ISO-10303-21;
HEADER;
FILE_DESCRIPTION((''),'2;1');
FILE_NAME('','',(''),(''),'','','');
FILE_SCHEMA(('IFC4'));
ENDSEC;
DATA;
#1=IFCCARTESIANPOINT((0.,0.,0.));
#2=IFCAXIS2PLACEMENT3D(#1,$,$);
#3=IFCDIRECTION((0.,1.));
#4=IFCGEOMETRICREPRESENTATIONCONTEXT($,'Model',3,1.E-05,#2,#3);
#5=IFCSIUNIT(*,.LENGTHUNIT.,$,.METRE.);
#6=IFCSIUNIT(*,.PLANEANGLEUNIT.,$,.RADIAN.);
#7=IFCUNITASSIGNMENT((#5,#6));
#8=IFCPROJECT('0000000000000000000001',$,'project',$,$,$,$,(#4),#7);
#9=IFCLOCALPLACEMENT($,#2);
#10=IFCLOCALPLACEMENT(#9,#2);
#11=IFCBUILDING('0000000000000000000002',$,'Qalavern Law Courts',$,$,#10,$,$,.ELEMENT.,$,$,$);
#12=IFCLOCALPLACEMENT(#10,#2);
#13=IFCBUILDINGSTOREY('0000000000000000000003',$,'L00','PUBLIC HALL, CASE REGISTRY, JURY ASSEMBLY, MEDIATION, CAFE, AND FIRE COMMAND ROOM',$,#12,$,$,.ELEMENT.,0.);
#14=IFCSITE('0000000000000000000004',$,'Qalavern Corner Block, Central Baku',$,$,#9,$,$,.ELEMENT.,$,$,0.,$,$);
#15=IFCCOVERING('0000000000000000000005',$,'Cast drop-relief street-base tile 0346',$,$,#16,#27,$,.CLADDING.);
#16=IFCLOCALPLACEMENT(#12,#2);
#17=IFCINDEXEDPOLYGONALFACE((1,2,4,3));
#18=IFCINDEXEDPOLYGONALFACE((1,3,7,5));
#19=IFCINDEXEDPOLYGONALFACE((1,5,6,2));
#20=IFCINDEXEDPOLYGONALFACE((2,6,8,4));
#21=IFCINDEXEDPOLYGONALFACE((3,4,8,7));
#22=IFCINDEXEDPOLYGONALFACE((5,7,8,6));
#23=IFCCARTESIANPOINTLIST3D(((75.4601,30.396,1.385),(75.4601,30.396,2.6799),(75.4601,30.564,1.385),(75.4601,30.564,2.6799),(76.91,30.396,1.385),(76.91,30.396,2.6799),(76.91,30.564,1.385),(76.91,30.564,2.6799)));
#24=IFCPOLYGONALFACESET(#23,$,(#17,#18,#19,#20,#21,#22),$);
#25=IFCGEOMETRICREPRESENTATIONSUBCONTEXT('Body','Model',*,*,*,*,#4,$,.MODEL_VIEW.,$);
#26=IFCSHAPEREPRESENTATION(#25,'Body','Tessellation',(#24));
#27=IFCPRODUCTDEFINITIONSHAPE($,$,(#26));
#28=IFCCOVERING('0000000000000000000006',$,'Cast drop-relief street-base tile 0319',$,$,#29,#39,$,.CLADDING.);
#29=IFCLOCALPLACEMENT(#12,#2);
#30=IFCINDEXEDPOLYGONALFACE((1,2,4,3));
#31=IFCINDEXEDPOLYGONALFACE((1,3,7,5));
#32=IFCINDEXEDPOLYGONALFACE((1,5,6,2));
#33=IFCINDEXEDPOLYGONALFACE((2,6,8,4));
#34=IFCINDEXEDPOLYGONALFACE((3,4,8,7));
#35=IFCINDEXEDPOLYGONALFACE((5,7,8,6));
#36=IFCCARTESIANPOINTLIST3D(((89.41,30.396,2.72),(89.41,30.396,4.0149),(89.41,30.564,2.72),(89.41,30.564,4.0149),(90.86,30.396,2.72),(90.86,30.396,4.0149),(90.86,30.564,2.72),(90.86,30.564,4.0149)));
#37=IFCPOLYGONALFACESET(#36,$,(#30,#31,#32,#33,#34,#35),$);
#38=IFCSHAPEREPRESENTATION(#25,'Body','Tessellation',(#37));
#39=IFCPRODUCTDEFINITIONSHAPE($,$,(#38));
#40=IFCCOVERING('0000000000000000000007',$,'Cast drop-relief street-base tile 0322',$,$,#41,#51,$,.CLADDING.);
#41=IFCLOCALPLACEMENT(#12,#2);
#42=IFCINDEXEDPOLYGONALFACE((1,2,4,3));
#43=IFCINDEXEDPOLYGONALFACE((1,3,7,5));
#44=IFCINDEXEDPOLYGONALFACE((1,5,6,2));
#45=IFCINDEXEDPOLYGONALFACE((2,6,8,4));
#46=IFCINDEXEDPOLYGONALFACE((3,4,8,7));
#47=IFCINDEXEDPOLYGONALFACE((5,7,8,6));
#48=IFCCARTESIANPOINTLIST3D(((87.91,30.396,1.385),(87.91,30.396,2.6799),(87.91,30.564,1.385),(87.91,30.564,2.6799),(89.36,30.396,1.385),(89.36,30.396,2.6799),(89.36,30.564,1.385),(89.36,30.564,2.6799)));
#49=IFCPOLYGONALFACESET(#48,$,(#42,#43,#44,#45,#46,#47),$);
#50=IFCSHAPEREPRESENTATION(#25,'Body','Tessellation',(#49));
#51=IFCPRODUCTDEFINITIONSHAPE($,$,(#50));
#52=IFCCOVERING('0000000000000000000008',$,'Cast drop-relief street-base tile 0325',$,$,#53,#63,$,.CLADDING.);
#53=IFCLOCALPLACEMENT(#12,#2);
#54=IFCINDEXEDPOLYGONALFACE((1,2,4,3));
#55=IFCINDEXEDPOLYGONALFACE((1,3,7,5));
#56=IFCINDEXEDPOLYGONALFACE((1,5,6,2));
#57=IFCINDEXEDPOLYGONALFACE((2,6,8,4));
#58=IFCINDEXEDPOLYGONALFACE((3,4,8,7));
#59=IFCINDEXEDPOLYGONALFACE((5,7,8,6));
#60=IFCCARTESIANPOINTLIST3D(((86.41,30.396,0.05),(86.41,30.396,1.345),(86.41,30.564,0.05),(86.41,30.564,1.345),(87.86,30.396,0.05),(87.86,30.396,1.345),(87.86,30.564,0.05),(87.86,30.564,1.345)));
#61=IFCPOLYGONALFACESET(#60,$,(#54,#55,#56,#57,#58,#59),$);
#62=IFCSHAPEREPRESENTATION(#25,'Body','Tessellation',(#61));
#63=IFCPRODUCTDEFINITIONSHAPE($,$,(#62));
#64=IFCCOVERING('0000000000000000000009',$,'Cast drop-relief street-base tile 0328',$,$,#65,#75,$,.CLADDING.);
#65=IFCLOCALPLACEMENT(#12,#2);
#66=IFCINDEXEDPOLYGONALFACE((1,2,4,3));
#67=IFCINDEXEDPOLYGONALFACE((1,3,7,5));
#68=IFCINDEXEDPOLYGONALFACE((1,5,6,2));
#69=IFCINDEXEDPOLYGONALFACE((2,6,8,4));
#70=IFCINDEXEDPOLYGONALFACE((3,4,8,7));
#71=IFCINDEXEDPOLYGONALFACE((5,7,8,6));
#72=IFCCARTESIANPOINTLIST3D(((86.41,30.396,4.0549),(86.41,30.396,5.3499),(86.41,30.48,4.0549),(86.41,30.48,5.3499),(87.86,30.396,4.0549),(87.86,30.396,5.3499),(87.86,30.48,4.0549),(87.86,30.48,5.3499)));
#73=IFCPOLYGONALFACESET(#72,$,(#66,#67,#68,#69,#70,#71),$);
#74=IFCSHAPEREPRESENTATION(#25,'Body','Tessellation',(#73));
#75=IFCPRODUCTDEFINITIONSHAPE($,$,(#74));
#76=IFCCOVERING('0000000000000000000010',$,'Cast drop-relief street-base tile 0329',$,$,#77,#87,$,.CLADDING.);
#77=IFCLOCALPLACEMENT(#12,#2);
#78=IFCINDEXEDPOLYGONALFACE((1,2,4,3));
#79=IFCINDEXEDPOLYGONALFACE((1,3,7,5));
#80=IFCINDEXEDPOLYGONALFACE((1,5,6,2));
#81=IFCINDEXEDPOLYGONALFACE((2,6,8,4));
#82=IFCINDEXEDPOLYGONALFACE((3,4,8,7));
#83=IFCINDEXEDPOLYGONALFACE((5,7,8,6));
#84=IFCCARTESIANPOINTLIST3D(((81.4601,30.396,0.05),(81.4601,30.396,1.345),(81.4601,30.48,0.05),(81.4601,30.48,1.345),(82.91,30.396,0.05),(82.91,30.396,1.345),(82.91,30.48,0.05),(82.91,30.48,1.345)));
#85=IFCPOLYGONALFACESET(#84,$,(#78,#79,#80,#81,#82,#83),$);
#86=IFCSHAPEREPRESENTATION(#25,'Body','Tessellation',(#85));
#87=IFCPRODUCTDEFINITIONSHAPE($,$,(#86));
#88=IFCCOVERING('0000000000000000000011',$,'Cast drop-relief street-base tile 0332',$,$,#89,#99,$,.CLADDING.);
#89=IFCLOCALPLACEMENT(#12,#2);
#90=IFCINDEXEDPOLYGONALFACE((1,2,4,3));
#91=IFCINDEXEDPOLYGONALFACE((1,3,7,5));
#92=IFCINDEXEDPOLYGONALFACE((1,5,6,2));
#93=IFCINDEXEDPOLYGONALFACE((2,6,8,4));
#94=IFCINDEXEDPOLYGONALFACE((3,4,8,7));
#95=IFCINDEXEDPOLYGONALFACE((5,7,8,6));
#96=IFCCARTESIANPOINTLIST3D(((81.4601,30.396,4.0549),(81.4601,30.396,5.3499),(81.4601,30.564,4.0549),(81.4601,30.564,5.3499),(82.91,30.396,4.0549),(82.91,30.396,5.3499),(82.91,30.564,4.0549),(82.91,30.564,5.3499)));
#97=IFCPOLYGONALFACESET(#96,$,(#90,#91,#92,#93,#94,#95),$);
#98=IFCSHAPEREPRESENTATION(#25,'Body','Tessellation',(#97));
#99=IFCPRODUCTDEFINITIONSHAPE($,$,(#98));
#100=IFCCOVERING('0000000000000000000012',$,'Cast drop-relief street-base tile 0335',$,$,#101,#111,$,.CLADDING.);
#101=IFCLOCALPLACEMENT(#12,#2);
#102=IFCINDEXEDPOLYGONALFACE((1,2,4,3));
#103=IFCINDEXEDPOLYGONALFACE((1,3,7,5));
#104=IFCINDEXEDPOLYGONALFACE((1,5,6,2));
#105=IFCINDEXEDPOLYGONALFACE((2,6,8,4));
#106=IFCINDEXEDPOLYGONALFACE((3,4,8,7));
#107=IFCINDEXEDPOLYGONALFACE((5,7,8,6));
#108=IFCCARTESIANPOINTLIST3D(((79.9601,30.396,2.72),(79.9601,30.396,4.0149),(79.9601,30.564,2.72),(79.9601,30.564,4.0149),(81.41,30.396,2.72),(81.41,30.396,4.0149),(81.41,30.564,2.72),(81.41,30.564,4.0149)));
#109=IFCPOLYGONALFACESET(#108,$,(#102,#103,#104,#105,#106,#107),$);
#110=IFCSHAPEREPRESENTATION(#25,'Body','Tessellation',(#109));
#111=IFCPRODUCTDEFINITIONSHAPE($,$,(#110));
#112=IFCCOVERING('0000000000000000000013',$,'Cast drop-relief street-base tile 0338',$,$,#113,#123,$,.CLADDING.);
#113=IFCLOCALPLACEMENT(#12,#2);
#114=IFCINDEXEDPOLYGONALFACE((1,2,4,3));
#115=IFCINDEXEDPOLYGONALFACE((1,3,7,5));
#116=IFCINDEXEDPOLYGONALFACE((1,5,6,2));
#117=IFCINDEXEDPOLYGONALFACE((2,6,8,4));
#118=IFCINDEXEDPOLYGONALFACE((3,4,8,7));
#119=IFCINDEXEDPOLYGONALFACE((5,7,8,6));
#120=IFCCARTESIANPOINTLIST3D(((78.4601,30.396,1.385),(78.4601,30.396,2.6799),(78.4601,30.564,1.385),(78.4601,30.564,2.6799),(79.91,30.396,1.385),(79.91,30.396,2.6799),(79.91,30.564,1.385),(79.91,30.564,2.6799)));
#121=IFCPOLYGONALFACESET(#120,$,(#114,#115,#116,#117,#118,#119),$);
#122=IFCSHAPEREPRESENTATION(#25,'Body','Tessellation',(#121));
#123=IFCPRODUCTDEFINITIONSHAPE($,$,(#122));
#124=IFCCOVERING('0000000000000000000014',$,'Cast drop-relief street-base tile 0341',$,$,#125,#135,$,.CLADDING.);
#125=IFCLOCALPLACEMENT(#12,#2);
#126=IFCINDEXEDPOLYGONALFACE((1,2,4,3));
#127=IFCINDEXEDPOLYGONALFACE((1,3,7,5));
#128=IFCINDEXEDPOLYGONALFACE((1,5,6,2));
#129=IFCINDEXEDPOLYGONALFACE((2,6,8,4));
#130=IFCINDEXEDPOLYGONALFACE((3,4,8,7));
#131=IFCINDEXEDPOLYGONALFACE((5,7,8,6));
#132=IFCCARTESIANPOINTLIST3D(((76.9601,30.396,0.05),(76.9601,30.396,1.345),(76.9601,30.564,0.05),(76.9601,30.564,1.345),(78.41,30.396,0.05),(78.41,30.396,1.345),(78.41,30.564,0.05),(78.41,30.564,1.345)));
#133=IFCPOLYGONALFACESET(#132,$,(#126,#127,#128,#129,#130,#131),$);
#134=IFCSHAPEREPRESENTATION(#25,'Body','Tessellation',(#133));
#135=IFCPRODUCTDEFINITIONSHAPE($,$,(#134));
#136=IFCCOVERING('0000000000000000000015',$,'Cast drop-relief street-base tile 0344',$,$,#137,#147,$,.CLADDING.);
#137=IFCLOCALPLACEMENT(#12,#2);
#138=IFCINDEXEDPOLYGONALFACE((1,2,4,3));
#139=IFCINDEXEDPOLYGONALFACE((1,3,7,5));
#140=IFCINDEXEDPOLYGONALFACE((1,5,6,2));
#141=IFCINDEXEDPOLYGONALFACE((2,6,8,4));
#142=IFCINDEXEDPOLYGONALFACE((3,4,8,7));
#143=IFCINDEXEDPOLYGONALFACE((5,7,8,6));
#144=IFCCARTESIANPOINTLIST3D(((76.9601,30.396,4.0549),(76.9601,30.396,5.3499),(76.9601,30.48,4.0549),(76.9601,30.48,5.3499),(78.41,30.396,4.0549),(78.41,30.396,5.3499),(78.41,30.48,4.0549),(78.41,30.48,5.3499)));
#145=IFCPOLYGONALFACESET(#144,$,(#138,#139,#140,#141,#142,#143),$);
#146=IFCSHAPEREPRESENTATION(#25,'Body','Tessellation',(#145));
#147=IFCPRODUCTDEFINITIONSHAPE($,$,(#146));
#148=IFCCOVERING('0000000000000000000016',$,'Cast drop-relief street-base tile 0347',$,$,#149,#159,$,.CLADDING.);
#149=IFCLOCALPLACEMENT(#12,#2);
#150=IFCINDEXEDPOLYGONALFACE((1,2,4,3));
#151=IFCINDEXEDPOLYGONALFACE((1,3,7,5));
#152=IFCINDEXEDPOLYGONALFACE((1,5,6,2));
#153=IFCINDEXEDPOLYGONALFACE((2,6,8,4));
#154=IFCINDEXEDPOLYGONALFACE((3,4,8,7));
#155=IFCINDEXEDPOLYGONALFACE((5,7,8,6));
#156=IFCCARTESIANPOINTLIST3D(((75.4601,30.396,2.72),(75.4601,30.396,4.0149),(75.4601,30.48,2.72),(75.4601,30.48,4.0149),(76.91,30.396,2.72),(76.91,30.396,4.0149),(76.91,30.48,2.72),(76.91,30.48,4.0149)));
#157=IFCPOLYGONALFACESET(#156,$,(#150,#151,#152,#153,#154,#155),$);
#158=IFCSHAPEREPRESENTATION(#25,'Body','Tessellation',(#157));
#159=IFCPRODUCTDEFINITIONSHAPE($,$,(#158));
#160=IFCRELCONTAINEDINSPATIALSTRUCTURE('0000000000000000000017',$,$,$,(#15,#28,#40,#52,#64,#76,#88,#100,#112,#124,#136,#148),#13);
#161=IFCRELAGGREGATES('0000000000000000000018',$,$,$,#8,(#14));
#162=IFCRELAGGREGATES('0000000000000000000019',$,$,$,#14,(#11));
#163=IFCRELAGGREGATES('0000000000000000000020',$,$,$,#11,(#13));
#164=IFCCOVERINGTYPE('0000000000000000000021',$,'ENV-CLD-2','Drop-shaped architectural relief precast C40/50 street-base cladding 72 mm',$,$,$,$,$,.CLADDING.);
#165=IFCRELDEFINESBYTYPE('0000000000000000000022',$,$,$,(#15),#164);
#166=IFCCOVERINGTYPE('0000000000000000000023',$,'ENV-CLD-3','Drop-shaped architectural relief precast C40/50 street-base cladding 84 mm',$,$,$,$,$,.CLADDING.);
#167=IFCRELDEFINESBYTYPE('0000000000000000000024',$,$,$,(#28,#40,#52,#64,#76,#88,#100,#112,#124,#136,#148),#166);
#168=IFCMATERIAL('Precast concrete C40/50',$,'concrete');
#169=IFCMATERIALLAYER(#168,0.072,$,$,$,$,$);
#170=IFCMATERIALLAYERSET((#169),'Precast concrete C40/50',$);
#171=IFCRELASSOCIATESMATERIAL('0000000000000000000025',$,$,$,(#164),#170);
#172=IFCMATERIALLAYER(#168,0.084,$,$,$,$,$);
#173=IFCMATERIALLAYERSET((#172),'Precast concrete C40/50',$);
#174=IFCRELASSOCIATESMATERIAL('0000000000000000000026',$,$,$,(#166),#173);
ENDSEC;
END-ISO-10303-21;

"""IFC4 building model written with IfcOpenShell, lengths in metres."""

from ifc_helpers import new_model, si_unit, direction, frame, origin, origin_2d, place, context, subcontext, project, spatial, rectangle, extrude, material, layer, layer_set, type_object, element, save


model = new_model("IFC4")

# Units and contexts
model_context = context("Model", 3, precision=1e-05, world=origin(), true_north=direction((0.0, 1.0)))
body_context = subcontext(model_context, "Body", "Model", "MODEL_VIEW")
ifc_project = project(units=[si_unit("LENGTHUNIT", "METRE"), si_unit("PLANEANGLEUNIT", "RADIAN")], contexts=[model_context])

# Site, building, storey
site_placement = place(None, origin())
site = spatial("IfcSite", under=ifc_project, at=site_placement, Name="Qalavern Corner Block, Central Baku", CompositionType="ELEMENT", RefElevation=0.0)
building_placement = place(site_placement, origin())
building = spatial("IfcBuilding", under=site, at=building_placement, Name="Qalavern Law Courts", CompositionType="ELEMENT")
storey_placement = place(building_placement, origin())
storey = spatial("IfcBuildingStorey", under=building, at=storey_placement, Name="L00", Description="PUBLIC HALL, CASE REGISTRY, JURY ASSEMBLY, MEDIATION, CAFE, AND FIRE COMMAND ROOM", CompositionType="ELEMENT", Elevation=0.0)

# Coverings
ifc_material_1 = material(Name="Precast concrete C40/50", Category="concrete")
ifc_layer_1 = layer(ifc_material_1, 0.072)
ifc_layer_set_1 = layer_set([ifc_layer_1], Name="Precast concrete C40/50")
covering_type_1 = type_object("IfcCoveringType", Name="ENV-CLD-2", Description="Drop-shaped architectural relief precast C40/50 street-base cladding 72 mm", PredefinedType="CLADDING", material=ifc_layer_set_1)
for number, where, z_axis, x_axis, name in (
    (1, (76.1851, 30.48, 1.385), (0.0, 0.0, 1.0), (-1.0, 0.0, 0.0), "Cast drop-relief street-base tile 0346"),
):
    element("IfcCovering", number, at=place(storey_placement, frame(where, z_axis=z_axis, x_axis=x_axis)), inside=storey, type_object=covering_type_1, Name=name, PredefinedType="CLADDING", context=body_context, shape_type="SweptSolid", body=[
        extrude(rectangle(XDim=1.45, YDim=0.168, at=origin_2d()), origin(), (0.0, 0.0, 1.0), 1.2949),
    ])
ifc_layer_2 = layer(ifc_material_1, 0.084)
ifc_layer_set_2 = layer_set([ifc_layer_2], Name="Precast concrete C40/50")
covering_type_2 = type_object("IfcCoveringType", Name="ENV-CLD-3", Description="Drop-shaped architectural relief precast C40/50 street-base cladding 84 mm", PredefinedType="CLADDING", material=ifc_layer_set_2)
for number, where, z_axis, x_axis, name in (
    (2, (90.135, 30.48, 2.72), (0.0, 0.0, 1.0), (-1.0, 0.0, 0.0), "Cast drop-relief street-base tile 0319"),
    (3, (88.635, 30.48, 1.385), (0.0, 0.0, 1.0), (-1.0, 0.0, 0.0), "Cast drop-relief street-base tile 0322"),
    (4, (87.135, 30.48, 0.05), (0.0, 0.0, 1.0), (-1.0, 0.0, 0.0), "Cast drop-relief street-base tile 0325"),
):
    element("IfcCovering", number, at=place(storey_placement, frame(where, z_axis=z_axis, x_axis=x_axis)), inside=storey, type_object=covering_type_2, Name=name, PredefinedType="CLADDING", context=body_context, shape_type="SweptSolid", body=[
        extrude(rectangle(XDim=1.45, YDim=0.168, at=origin_2d()), origin(), (0.0, 0.0, 1.0), 1.2949),
    ])
for number, where, z_axis, x_axis, name in (
    (5, (87.135, 30.438, 4.0549), (0.0, 0.0, 1.0), (-1.0, 0.0, 0.0), "Cast drop-relief street-base tile 0328"),
    (6, (82.1851, 30.438, 0.05), (0.0, 0.0, 1.0), (-1.0, 0.0, 0.0), "Cast drop-relief street-base tile 0329"),
):
    element("IfcCovering", number, at=place(storey_placement, frame(where, z_axis=z_axis, x_axis=x_axis)), inside=storey, type_object=covering_type_2, Name=name, PredefinedType="CLADDING", context=body_context, shape_type="SweptSolid", body=[
        extrude(rectangle(XDim=1.45, YDim=0.084, at=origin_2d()), origin(), (0.0, 0.0, 1.0), 1.2949),
    ])
for number, where, z_axis, x_axis, name in (
    (7, (82.1851, 30.48, 4.0549), (0.0, 0.0, 1.0), (-1.0, 0.0, 0.0), "Cast drop-relief street-base tile 0332"),
    (8, (80.6851, 30.48, 2.72), (0.0, 0.0, 1.0), (-1.0, 0.0, 0.0), "Cast drop-relief street-base tile 0335"),
    (9, (79.1851, 30.48, 1.385), (0.0, 0.0, 1.0), (-1.0, 0.0, 0.0), "Cast drop-relief street-base tile 0338"),
    (10, (77.6851, 30.48, 0.05), (0.0, 0.0, 1.0), (-1.0, 0.0, 0.0), "Cast drop-relief street-base tile 0341"),
):
    element("IfcCovering", number, at=place(storey_placement, frame(where, z_axis=z_axis, x_axis=x_axis)), inside=storey, type_object=covering_type_2, Name=name, PredefinedType="CLADDING", context=body_context, shape_type="SweptSolid", body=[
        extrude(rectangle(XDim=1.45, YDim=0.168, at=origin_2d()), origin(), (0.0, 0.0, 1.0), 1.2949),
    ])
for number, where, z_axis, x_axis, name in (
    (11, (77.6851, 30.438, 4.0549), (0.0, 0.0, 1.0), (-1.0, 0.0, 0.0), "Cast drop-relief street-base tile 0344"),
    (12, (76.1851, 30.438, 2.72), (0.0, 0.0, 1.0), (-1.0, 0.0, 0.0), "Cast drop-relief street-base tile 0347"),
):
    element("IfcCovering", number, at=place(storey_placement, frame(where, z_axis=z_axis, x_axis=x_axis)), inside=storey, type_object=covering_type_2, Name=name, PredefinedType="CLADDING", context=body_context, shape_type="SweptSolid", body=[
        extrude(rectangle(XDim=1.45, YDim=0.084, at=origin_2d()), origin(), (0.0, 0.0, 1.0), 1.2949),
    ])

save(model, "model.ifc")
